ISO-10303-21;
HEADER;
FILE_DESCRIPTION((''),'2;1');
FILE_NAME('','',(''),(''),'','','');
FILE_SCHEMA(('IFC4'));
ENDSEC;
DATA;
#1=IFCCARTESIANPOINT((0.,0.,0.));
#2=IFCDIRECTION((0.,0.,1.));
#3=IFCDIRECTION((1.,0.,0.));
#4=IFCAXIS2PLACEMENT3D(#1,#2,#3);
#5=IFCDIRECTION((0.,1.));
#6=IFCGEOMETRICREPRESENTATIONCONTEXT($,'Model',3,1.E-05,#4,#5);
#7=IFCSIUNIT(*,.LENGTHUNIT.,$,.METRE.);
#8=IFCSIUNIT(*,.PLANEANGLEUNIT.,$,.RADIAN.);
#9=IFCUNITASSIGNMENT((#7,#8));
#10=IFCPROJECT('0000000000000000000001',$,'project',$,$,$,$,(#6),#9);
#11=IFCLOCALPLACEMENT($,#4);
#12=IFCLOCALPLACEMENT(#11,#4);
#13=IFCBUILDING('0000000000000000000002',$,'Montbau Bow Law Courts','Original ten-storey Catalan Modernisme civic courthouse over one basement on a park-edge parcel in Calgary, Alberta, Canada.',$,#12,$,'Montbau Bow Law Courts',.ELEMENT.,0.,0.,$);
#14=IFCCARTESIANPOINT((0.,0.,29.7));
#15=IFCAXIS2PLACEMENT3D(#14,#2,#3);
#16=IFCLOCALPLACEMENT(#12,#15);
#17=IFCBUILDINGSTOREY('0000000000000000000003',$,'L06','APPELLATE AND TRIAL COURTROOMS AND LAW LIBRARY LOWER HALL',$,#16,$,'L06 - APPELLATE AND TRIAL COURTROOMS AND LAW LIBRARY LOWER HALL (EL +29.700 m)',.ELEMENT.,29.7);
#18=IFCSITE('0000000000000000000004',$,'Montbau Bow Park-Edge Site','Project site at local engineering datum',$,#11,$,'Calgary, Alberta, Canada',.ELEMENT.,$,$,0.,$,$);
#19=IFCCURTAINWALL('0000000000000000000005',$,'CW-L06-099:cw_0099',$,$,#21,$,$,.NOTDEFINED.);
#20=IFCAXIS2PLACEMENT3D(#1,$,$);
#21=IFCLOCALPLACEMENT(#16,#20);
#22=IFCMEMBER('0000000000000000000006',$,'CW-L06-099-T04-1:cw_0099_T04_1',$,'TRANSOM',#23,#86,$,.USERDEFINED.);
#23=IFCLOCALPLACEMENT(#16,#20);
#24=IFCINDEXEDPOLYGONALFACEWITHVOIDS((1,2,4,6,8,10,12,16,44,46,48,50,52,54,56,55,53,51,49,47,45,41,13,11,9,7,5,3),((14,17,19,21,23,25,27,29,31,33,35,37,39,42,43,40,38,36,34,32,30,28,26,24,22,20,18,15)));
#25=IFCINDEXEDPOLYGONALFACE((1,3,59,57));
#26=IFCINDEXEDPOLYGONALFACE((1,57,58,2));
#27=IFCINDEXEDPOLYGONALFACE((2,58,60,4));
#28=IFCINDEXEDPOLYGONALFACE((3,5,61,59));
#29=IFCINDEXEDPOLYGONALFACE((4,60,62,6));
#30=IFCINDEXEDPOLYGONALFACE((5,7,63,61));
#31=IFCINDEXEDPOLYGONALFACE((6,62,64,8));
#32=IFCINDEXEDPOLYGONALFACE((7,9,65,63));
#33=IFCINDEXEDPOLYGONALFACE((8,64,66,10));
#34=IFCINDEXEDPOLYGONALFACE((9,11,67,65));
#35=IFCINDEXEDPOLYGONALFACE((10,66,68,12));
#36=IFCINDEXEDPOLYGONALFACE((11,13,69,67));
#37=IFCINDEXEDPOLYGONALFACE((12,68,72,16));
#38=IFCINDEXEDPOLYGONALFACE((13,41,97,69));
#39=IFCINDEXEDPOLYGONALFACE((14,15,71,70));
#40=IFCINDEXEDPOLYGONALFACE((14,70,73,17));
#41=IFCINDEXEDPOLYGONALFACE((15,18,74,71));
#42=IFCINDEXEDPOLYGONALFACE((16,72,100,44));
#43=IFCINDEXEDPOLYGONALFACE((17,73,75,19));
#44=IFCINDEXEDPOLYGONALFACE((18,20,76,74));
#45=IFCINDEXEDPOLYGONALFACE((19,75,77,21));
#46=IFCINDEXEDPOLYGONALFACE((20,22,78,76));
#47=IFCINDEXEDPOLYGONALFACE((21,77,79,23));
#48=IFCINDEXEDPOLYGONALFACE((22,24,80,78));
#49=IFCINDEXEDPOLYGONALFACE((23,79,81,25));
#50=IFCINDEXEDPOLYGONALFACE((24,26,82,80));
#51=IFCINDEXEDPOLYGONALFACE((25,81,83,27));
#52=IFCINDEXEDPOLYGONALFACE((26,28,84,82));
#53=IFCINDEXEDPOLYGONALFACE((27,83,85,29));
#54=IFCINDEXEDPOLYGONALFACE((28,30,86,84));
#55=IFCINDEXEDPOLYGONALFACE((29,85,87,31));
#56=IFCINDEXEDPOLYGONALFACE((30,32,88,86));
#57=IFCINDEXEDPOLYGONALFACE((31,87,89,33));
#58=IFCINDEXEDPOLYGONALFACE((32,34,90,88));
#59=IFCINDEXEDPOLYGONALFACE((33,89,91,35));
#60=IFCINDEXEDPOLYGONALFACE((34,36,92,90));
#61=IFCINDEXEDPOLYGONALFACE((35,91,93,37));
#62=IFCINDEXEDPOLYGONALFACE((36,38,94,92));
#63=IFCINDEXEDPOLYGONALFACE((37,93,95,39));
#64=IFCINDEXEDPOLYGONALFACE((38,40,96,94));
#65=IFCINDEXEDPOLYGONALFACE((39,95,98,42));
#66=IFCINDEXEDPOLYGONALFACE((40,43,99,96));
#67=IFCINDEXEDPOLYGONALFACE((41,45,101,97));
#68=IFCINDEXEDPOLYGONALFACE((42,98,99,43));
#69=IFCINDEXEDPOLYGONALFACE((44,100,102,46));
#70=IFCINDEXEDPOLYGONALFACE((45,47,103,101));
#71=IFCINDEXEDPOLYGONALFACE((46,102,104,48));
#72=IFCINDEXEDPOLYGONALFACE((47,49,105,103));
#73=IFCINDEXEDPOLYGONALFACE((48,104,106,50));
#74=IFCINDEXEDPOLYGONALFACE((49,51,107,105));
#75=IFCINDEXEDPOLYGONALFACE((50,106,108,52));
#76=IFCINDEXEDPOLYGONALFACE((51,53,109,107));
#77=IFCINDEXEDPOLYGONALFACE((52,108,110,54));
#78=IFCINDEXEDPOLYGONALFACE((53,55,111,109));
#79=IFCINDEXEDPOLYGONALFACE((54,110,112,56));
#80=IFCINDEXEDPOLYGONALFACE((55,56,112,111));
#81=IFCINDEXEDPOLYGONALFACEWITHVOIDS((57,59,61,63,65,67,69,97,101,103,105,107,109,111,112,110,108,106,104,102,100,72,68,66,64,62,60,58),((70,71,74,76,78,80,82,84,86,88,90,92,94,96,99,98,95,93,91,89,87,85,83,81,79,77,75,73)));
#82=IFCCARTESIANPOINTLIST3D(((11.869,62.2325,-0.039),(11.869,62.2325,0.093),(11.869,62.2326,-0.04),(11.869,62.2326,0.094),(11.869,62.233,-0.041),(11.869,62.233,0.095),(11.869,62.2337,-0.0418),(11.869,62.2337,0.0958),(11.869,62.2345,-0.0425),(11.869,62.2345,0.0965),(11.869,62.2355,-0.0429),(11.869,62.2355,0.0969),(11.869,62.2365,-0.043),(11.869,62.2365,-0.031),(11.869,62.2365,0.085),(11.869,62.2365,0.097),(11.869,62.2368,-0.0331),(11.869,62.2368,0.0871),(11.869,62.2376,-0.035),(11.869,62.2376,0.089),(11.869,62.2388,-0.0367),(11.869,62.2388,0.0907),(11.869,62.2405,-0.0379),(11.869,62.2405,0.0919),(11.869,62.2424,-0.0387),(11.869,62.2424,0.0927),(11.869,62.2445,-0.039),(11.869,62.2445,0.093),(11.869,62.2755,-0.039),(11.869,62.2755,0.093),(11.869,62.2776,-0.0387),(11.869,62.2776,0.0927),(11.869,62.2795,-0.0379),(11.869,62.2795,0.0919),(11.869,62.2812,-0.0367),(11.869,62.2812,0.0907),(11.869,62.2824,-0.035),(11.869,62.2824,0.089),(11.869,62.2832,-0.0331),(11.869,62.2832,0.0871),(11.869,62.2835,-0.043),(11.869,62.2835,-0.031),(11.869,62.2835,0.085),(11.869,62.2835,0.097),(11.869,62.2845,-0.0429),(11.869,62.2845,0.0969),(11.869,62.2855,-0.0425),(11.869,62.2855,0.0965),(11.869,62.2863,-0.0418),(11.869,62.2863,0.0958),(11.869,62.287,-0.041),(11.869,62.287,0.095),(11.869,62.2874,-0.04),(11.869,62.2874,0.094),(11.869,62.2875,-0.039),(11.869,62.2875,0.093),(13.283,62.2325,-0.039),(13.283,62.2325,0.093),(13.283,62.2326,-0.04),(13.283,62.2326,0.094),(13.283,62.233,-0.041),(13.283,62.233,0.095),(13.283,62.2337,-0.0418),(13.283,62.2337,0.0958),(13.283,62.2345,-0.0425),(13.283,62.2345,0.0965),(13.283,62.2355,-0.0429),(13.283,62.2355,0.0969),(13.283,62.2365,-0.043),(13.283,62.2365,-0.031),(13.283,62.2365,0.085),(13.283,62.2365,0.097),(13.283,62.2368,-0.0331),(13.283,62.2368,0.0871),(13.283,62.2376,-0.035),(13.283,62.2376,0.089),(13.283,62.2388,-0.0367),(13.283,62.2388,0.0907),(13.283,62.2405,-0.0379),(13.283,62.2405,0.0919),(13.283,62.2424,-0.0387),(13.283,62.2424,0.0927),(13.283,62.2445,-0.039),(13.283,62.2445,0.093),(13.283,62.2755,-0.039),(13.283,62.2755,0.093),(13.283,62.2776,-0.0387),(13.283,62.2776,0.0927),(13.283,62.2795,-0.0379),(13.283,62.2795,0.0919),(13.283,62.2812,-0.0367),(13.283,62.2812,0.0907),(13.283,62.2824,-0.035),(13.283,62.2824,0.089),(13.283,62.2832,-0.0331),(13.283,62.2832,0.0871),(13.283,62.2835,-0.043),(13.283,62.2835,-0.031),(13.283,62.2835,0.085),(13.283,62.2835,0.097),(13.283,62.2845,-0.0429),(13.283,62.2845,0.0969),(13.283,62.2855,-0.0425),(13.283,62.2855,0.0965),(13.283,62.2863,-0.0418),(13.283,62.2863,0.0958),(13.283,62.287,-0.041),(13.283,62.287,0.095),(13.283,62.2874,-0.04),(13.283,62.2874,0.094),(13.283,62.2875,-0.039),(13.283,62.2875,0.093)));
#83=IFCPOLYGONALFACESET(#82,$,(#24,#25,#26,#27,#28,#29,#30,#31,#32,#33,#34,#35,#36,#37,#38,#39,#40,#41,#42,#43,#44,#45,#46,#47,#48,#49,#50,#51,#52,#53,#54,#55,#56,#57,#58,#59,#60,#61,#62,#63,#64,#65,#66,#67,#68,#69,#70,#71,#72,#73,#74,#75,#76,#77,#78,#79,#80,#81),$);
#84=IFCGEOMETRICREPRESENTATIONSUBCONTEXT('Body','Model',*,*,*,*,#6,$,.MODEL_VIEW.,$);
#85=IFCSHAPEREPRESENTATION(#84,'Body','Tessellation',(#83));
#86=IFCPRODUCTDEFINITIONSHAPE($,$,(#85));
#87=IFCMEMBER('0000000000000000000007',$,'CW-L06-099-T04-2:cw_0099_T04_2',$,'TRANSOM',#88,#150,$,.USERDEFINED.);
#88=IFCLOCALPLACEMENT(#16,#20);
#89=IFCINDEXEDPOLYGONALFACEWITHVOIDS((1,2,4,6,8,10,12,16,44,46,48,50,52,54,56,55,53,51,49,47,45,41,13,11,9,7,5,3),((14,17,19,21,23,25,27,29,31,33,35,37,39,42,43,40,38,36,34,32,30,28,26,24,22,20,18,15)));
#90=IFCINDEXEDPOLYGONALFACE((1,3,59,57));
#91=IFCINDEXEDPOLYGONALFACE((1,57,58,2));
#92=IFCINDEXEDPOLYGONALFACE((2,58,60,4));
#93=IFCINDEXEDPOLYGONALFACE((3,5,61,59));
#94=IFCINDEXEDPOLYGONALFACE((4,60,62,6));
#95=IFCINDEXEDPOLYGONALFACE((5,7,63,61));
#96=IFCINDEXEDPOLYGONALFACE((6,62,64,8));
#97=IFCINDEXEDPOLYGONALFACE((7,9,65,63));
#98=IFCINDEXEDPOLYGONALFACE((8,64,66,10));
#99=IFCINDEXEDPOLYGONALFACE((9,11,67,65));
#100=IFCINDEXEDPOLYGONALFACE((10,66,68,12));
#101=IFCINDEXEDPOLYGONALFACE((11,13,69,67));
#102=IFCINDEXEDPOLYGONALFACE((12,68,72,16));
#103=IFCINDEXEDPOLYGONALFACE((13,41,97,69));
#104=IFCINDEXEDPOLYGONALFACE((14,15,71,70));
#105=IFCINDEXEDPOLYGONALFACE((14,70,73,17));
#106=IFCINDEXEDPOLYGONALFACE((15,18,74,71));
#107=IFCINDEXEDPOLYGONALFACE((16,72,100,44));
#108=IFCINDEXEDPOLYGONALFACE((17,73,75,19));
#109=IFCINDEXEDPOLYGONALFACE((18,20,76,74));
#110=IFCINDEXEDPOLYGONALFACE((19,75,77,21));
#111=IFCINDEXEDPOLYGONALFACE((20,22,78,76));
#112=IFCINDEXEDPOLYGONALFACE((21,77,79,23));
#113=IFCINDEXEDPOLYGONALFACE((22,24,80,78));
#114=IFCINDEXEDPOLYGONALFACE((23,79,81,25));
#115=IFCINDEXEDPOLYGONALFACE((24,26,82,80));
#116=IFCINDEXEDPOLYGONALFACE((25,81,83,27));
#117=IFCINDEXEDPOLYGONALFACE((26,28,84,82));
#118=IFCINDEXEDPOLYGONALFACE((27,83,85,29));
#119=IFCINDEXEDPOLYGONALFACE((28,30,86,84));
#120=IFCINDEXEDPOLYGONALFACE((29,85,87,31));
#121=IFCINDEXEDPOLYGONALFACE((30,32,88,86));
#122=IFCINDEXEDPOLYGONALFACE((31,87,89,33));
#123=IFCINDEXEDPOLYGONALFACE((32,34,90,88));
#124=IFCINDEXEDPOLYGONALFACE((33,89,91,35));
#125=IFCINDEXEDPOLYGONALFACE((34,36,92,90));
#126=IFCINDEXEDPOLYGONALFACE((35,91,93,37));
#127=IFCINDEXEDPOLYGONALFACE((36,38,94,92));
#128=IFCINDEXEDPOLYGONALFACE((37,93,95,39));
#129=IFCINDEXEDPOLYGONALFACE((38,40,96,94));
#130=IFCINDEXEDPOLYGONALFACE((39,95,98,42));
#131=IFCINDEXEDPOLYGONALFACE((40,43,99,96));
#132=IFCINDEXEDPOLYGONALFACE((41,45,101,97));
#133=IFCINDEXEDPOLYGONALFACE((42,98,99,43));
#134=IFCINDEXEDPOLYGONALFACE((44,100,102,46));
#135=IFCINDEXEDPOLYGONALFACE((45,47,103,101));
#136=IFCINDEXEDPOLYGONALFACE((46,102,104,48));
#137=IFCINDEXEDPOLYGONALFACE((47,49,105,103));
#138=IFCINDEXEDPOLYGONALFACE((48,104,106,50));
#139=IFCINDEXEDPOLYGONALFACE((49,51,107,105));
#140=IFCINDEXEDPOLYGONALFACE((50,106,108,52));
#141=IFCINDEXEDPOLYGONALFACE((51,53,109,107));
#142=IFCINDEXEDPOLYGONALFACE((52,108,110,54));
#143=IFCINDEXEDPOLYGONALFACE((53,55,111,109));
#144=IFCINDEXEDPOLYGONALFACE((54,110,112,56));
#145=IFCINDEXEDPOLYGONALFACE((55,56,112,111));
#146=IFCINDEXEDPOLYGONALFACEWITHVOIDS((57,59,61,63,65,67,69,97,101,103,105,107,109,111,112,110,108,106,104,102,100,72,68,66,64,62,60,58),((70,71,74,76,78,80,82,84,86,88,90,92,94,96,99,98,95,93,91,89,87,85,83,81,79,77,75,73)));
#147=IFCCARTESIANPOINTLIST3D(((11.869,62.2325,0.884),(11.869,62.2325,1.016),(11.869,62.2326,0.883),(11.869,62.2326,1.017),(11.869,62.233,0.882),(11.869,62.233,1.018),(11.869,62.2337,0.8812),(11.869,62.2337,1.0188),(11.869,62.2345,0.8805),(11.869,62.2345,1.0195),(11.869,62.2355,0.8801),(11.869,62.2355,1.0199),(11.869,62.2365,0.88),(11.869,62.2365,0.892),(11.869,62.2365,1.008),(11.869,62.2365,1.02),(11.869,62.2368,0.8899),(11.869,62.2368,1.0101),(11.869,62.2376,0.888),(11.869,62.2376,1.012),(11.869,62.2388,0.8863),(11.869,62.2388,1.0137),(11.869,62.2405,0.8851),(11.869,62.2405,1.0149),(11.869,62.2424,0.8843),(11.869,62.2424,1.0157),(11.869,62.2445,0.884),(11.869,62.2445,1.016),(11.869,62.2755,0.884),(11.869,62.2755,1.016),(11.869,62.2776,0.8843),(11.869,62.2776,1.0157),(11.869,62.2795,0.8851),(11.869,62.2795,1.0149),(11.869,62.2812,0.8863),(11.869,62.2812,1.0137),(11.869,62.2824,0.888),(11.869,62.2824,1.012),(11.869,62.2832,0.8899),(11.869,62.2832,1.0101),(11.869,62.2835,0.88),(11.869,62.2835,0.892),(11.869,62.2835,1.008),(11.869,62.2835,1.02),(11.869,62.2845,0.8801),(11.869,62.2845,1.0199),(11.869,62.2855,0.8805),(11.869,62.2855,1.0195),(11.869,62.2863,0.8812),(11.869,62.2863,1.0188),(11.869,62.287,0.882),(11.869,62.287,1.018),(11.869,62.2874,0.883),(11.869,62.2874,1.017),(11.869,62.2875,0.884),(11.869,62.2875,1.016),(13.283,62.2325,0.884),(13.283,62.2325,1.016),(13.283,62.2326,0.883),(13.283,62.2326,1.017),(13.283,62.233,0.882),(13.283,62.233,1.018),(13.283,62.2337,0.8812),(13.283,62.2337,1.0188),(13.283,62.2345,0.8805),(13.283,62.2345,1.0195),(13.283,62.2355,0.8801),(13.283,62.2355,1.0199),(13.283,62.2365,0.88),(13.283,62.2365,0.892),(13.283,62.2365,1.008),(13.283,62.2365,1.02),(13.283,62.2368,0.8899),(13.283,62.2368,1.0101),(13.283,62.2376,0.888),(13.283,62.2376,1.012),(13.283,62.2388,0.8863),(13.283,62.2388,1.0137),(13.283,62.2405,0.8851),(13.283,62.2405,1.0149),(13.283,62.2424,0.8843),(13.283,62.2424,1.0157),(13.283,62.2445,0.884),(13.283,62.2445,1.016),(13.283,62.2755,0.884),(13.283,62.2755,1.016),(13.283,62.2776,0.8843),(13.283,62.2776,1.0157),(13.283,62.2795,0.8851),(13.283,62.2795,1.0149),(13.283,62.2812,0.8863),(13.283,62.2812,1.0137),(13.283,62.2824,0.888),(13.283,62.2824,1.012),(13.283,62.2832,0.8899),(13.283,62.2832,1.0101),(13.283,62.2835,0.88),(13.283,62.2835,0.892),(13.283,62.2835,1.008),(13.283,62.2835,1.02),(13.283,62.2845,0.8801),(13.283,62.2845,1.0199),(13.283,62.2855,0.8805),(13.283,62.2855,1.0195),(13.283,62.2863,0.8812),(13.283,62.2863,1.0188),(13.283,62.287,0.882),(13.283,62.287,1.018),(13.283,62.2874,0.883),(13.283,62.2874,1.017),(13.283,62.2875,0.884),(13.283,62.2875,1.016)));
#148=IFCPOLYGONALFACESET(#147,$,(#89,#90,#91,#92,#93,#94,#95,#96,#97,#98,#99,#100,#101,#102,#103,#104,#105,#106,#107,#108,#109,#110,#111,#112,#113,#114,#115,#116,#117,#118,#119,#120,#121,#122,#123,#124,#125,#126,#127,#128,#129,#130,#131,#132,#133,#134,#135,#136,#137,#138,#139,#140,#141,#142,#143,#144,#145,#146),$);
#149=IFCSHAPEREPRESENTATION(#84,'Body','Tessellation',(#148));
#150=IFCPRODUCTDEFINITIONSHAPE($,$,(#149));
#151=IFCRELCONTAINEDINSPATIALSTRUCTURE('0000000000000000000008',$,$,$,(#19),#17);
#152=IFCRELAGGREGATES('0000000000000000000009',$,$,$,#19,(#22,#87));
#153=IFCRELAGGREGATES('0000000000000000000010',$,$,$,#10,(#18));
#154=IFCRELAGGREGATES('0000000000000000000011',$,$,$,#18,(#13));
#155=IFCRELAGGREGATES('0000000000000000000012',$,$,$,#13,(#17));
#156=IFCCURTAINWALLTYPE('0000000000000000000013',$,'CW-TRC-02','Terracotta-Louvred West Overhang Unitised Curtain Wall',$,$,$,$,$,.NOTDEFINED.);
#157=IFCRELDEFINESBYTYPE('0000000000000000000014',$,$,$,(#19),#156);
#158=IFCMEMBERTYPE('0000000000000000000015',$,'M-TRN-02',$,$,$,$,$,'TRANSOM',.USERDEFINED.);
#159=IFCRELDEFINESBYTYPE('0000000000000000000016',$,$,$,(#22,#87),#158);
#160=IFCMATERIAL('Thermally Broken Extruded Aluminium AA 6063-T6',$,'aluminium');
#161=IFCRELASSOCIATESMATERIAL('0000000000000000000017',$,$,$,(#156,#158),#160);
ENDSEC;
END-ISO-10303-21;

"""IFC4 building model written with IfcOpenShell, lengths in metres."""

from ifc_helpers import new_model, si_unit, direction, frame, origin_with_axes, origin_2d_with_axis, place, context, subcontext, project, spatial, hollow_rectangle, extrude, material, material_profile, profile_set, type_object, element, aggregate, save


model = new_model("IFC4")

# Units and contexts
model_context = context("Model", 3, precision=1e-05, world=origin_with_axes(), true_north=direction((0.0, 1.0)))
body_context = subcontext(model_context, "Body", "Model", "MODEL_VIEW")
ifc_project = project(units=[si_unit("LENGTHUNIT", "METRE"), si_unit("PLANEANGLEUNIT", "RADIAN")], contexts=[model_context])

# Site, building, storey
site_placement = place(None, origin_with_axes())
site = spatial("IfcSite", under=ifc_project, at=site_placement, Name="Montbau Bow Park-Edge Site", Description="Project site at local engineering datum", LongName="Calgary, Alberta, Canada", CompositionType="ELEMENT", RefElevation=0.0)
building_placement = place(site_placement, origin_with_axes())
building = spatial("IfcBuilding", under=site, at=building_placement, Name="Montbau Bow Law Courts", Description="Original ten-storey Catalan Modernisme civic courthouse over one basement on a park-edge parcel in Calgary, Alberta, Canada.", LongName="Montbau Bow Law Courts", CompositionType="ELEMENT", ElevationOfRefHeight=0.0, ElevationOfTerrain=0.0)
storey_placement = place(building_placement, frame((0.0, 0.0, 29.7), z_axis=(0.0, 0.0, 1.0), x_axis=(1.0, 0.0, 0.0)))
storey = spatial("IfcBuildingStorey", under=building, at=storey_placement, Name="L06", Description="APPELLATE AND TRIAL COURTROOMS AND LAW LIBRARY LOWER HALL", LongName="L06 - APPELLATE AND TRIAL COURTROOMS AND LAW LIBRARY LOWER HALL (EL +29.700 m)", CompositionType="ELEMENT", Elevation=29.7)

# Curtain wall, members
ifc_material_1 = material(Name="Thermally Broken Extruded Aluminium AA 6063-T6", Category="aluminium")
curtain_wall_type = type_object("IfcCurtainWallType", Name="CW-TRC-02", Description="Terracotta-Louvred West Overhang Unitised Curtain Wall", PredefinedType="NOTDEFINED", material=ifc_material_1)
curtain_wall_placement = place(None, frame((7.24, 62.26, 29.7), z_axis=(0.0, 0.0, 1.0), x_axis=(1.0, 0.0, 0.0)))
curtain_wall = element("IfcCurtainWall", 1, at=curtain_wall_placement, inside=storey, type_object=curtain_wall_type, Name="CW-L06-099:cw_0099", PredefinedType="NOTDEFINED")
ifc_material_profile_1 = material_profile(ifc_material_1, hollow_rectangle(XDim=0.055, YDim=0.14, WallThickness=0.004, InnerFilletRadius=0.008, OuterFilletRadius=0.004, at=origin_2d_with_axis()), Name="CWT-140X55", Category="Main", Priority=0)
ifc_profile_set_1 = profile_set([ifc_material_profile_1], Name="Thermally Broken Extruded Aluminium AA 6063-T6")
member_type_1 = type_object("IfcMemberType", Name="M-TRN-02", ElementType="TRANSOM", PredefinedType="USERDEFINED", material=ifc_profile_set_1)
member_1_placement = place(None, frame((11.869, 62.26, 29.727), z_axis=(1.0, 0.0, 0.0), x_axis=(0.0, 1.0, 0.0)))
member_1 = element("IfcMember", 2, at=member_1_placement, type_object=member_type_1, Name="CW-L06-099-T04-1:cw_0099_T04_1", ObjectType="TRANSOM", PredefinedType="USERDEFINED", context=body_context, shape_type="SweptSolid", body=[
    extrude(hollow_rectangle(XDim=0.055, YDim=0.14, WallThickness=0.004, InnerFilletRadius=0.008, OuterFilletRadius=0.004, at=origin_2d_with_axis()), origin_with_axes(), (0.0, 0.0, 1.0), 1.414),
])
member_2_placement = place(None, frame((11.869, 62.26, 30.65), z_axis=(1.0, 0.0, 0.0), x_axis=(0.0, 1.0, 0.0)))
member_2 = element("IfcMember", 3, at=member_2_placement, type_object=member_type_1, Name="CW-L06-099-T04-2:cw_0099_T04_2", ObjectType="TRANSOM", PredefinedType="USERDEFINED", context=body_context, shape_type="SweptSolid", body=[
    extrude(hollow_rectangle(XDim=0.055, YDim=0.14, WallThickness=0.004, InnerFilletRadius=0.008, OuterFilletRadius=0.004, at=origin_2d_with_axis()), origin_with_axes(), (0.0, 0.0, 1.0), 1.414),
])
aggregate(curtain_wall, [member_1, member_2])

save(model, "model.ifc")
